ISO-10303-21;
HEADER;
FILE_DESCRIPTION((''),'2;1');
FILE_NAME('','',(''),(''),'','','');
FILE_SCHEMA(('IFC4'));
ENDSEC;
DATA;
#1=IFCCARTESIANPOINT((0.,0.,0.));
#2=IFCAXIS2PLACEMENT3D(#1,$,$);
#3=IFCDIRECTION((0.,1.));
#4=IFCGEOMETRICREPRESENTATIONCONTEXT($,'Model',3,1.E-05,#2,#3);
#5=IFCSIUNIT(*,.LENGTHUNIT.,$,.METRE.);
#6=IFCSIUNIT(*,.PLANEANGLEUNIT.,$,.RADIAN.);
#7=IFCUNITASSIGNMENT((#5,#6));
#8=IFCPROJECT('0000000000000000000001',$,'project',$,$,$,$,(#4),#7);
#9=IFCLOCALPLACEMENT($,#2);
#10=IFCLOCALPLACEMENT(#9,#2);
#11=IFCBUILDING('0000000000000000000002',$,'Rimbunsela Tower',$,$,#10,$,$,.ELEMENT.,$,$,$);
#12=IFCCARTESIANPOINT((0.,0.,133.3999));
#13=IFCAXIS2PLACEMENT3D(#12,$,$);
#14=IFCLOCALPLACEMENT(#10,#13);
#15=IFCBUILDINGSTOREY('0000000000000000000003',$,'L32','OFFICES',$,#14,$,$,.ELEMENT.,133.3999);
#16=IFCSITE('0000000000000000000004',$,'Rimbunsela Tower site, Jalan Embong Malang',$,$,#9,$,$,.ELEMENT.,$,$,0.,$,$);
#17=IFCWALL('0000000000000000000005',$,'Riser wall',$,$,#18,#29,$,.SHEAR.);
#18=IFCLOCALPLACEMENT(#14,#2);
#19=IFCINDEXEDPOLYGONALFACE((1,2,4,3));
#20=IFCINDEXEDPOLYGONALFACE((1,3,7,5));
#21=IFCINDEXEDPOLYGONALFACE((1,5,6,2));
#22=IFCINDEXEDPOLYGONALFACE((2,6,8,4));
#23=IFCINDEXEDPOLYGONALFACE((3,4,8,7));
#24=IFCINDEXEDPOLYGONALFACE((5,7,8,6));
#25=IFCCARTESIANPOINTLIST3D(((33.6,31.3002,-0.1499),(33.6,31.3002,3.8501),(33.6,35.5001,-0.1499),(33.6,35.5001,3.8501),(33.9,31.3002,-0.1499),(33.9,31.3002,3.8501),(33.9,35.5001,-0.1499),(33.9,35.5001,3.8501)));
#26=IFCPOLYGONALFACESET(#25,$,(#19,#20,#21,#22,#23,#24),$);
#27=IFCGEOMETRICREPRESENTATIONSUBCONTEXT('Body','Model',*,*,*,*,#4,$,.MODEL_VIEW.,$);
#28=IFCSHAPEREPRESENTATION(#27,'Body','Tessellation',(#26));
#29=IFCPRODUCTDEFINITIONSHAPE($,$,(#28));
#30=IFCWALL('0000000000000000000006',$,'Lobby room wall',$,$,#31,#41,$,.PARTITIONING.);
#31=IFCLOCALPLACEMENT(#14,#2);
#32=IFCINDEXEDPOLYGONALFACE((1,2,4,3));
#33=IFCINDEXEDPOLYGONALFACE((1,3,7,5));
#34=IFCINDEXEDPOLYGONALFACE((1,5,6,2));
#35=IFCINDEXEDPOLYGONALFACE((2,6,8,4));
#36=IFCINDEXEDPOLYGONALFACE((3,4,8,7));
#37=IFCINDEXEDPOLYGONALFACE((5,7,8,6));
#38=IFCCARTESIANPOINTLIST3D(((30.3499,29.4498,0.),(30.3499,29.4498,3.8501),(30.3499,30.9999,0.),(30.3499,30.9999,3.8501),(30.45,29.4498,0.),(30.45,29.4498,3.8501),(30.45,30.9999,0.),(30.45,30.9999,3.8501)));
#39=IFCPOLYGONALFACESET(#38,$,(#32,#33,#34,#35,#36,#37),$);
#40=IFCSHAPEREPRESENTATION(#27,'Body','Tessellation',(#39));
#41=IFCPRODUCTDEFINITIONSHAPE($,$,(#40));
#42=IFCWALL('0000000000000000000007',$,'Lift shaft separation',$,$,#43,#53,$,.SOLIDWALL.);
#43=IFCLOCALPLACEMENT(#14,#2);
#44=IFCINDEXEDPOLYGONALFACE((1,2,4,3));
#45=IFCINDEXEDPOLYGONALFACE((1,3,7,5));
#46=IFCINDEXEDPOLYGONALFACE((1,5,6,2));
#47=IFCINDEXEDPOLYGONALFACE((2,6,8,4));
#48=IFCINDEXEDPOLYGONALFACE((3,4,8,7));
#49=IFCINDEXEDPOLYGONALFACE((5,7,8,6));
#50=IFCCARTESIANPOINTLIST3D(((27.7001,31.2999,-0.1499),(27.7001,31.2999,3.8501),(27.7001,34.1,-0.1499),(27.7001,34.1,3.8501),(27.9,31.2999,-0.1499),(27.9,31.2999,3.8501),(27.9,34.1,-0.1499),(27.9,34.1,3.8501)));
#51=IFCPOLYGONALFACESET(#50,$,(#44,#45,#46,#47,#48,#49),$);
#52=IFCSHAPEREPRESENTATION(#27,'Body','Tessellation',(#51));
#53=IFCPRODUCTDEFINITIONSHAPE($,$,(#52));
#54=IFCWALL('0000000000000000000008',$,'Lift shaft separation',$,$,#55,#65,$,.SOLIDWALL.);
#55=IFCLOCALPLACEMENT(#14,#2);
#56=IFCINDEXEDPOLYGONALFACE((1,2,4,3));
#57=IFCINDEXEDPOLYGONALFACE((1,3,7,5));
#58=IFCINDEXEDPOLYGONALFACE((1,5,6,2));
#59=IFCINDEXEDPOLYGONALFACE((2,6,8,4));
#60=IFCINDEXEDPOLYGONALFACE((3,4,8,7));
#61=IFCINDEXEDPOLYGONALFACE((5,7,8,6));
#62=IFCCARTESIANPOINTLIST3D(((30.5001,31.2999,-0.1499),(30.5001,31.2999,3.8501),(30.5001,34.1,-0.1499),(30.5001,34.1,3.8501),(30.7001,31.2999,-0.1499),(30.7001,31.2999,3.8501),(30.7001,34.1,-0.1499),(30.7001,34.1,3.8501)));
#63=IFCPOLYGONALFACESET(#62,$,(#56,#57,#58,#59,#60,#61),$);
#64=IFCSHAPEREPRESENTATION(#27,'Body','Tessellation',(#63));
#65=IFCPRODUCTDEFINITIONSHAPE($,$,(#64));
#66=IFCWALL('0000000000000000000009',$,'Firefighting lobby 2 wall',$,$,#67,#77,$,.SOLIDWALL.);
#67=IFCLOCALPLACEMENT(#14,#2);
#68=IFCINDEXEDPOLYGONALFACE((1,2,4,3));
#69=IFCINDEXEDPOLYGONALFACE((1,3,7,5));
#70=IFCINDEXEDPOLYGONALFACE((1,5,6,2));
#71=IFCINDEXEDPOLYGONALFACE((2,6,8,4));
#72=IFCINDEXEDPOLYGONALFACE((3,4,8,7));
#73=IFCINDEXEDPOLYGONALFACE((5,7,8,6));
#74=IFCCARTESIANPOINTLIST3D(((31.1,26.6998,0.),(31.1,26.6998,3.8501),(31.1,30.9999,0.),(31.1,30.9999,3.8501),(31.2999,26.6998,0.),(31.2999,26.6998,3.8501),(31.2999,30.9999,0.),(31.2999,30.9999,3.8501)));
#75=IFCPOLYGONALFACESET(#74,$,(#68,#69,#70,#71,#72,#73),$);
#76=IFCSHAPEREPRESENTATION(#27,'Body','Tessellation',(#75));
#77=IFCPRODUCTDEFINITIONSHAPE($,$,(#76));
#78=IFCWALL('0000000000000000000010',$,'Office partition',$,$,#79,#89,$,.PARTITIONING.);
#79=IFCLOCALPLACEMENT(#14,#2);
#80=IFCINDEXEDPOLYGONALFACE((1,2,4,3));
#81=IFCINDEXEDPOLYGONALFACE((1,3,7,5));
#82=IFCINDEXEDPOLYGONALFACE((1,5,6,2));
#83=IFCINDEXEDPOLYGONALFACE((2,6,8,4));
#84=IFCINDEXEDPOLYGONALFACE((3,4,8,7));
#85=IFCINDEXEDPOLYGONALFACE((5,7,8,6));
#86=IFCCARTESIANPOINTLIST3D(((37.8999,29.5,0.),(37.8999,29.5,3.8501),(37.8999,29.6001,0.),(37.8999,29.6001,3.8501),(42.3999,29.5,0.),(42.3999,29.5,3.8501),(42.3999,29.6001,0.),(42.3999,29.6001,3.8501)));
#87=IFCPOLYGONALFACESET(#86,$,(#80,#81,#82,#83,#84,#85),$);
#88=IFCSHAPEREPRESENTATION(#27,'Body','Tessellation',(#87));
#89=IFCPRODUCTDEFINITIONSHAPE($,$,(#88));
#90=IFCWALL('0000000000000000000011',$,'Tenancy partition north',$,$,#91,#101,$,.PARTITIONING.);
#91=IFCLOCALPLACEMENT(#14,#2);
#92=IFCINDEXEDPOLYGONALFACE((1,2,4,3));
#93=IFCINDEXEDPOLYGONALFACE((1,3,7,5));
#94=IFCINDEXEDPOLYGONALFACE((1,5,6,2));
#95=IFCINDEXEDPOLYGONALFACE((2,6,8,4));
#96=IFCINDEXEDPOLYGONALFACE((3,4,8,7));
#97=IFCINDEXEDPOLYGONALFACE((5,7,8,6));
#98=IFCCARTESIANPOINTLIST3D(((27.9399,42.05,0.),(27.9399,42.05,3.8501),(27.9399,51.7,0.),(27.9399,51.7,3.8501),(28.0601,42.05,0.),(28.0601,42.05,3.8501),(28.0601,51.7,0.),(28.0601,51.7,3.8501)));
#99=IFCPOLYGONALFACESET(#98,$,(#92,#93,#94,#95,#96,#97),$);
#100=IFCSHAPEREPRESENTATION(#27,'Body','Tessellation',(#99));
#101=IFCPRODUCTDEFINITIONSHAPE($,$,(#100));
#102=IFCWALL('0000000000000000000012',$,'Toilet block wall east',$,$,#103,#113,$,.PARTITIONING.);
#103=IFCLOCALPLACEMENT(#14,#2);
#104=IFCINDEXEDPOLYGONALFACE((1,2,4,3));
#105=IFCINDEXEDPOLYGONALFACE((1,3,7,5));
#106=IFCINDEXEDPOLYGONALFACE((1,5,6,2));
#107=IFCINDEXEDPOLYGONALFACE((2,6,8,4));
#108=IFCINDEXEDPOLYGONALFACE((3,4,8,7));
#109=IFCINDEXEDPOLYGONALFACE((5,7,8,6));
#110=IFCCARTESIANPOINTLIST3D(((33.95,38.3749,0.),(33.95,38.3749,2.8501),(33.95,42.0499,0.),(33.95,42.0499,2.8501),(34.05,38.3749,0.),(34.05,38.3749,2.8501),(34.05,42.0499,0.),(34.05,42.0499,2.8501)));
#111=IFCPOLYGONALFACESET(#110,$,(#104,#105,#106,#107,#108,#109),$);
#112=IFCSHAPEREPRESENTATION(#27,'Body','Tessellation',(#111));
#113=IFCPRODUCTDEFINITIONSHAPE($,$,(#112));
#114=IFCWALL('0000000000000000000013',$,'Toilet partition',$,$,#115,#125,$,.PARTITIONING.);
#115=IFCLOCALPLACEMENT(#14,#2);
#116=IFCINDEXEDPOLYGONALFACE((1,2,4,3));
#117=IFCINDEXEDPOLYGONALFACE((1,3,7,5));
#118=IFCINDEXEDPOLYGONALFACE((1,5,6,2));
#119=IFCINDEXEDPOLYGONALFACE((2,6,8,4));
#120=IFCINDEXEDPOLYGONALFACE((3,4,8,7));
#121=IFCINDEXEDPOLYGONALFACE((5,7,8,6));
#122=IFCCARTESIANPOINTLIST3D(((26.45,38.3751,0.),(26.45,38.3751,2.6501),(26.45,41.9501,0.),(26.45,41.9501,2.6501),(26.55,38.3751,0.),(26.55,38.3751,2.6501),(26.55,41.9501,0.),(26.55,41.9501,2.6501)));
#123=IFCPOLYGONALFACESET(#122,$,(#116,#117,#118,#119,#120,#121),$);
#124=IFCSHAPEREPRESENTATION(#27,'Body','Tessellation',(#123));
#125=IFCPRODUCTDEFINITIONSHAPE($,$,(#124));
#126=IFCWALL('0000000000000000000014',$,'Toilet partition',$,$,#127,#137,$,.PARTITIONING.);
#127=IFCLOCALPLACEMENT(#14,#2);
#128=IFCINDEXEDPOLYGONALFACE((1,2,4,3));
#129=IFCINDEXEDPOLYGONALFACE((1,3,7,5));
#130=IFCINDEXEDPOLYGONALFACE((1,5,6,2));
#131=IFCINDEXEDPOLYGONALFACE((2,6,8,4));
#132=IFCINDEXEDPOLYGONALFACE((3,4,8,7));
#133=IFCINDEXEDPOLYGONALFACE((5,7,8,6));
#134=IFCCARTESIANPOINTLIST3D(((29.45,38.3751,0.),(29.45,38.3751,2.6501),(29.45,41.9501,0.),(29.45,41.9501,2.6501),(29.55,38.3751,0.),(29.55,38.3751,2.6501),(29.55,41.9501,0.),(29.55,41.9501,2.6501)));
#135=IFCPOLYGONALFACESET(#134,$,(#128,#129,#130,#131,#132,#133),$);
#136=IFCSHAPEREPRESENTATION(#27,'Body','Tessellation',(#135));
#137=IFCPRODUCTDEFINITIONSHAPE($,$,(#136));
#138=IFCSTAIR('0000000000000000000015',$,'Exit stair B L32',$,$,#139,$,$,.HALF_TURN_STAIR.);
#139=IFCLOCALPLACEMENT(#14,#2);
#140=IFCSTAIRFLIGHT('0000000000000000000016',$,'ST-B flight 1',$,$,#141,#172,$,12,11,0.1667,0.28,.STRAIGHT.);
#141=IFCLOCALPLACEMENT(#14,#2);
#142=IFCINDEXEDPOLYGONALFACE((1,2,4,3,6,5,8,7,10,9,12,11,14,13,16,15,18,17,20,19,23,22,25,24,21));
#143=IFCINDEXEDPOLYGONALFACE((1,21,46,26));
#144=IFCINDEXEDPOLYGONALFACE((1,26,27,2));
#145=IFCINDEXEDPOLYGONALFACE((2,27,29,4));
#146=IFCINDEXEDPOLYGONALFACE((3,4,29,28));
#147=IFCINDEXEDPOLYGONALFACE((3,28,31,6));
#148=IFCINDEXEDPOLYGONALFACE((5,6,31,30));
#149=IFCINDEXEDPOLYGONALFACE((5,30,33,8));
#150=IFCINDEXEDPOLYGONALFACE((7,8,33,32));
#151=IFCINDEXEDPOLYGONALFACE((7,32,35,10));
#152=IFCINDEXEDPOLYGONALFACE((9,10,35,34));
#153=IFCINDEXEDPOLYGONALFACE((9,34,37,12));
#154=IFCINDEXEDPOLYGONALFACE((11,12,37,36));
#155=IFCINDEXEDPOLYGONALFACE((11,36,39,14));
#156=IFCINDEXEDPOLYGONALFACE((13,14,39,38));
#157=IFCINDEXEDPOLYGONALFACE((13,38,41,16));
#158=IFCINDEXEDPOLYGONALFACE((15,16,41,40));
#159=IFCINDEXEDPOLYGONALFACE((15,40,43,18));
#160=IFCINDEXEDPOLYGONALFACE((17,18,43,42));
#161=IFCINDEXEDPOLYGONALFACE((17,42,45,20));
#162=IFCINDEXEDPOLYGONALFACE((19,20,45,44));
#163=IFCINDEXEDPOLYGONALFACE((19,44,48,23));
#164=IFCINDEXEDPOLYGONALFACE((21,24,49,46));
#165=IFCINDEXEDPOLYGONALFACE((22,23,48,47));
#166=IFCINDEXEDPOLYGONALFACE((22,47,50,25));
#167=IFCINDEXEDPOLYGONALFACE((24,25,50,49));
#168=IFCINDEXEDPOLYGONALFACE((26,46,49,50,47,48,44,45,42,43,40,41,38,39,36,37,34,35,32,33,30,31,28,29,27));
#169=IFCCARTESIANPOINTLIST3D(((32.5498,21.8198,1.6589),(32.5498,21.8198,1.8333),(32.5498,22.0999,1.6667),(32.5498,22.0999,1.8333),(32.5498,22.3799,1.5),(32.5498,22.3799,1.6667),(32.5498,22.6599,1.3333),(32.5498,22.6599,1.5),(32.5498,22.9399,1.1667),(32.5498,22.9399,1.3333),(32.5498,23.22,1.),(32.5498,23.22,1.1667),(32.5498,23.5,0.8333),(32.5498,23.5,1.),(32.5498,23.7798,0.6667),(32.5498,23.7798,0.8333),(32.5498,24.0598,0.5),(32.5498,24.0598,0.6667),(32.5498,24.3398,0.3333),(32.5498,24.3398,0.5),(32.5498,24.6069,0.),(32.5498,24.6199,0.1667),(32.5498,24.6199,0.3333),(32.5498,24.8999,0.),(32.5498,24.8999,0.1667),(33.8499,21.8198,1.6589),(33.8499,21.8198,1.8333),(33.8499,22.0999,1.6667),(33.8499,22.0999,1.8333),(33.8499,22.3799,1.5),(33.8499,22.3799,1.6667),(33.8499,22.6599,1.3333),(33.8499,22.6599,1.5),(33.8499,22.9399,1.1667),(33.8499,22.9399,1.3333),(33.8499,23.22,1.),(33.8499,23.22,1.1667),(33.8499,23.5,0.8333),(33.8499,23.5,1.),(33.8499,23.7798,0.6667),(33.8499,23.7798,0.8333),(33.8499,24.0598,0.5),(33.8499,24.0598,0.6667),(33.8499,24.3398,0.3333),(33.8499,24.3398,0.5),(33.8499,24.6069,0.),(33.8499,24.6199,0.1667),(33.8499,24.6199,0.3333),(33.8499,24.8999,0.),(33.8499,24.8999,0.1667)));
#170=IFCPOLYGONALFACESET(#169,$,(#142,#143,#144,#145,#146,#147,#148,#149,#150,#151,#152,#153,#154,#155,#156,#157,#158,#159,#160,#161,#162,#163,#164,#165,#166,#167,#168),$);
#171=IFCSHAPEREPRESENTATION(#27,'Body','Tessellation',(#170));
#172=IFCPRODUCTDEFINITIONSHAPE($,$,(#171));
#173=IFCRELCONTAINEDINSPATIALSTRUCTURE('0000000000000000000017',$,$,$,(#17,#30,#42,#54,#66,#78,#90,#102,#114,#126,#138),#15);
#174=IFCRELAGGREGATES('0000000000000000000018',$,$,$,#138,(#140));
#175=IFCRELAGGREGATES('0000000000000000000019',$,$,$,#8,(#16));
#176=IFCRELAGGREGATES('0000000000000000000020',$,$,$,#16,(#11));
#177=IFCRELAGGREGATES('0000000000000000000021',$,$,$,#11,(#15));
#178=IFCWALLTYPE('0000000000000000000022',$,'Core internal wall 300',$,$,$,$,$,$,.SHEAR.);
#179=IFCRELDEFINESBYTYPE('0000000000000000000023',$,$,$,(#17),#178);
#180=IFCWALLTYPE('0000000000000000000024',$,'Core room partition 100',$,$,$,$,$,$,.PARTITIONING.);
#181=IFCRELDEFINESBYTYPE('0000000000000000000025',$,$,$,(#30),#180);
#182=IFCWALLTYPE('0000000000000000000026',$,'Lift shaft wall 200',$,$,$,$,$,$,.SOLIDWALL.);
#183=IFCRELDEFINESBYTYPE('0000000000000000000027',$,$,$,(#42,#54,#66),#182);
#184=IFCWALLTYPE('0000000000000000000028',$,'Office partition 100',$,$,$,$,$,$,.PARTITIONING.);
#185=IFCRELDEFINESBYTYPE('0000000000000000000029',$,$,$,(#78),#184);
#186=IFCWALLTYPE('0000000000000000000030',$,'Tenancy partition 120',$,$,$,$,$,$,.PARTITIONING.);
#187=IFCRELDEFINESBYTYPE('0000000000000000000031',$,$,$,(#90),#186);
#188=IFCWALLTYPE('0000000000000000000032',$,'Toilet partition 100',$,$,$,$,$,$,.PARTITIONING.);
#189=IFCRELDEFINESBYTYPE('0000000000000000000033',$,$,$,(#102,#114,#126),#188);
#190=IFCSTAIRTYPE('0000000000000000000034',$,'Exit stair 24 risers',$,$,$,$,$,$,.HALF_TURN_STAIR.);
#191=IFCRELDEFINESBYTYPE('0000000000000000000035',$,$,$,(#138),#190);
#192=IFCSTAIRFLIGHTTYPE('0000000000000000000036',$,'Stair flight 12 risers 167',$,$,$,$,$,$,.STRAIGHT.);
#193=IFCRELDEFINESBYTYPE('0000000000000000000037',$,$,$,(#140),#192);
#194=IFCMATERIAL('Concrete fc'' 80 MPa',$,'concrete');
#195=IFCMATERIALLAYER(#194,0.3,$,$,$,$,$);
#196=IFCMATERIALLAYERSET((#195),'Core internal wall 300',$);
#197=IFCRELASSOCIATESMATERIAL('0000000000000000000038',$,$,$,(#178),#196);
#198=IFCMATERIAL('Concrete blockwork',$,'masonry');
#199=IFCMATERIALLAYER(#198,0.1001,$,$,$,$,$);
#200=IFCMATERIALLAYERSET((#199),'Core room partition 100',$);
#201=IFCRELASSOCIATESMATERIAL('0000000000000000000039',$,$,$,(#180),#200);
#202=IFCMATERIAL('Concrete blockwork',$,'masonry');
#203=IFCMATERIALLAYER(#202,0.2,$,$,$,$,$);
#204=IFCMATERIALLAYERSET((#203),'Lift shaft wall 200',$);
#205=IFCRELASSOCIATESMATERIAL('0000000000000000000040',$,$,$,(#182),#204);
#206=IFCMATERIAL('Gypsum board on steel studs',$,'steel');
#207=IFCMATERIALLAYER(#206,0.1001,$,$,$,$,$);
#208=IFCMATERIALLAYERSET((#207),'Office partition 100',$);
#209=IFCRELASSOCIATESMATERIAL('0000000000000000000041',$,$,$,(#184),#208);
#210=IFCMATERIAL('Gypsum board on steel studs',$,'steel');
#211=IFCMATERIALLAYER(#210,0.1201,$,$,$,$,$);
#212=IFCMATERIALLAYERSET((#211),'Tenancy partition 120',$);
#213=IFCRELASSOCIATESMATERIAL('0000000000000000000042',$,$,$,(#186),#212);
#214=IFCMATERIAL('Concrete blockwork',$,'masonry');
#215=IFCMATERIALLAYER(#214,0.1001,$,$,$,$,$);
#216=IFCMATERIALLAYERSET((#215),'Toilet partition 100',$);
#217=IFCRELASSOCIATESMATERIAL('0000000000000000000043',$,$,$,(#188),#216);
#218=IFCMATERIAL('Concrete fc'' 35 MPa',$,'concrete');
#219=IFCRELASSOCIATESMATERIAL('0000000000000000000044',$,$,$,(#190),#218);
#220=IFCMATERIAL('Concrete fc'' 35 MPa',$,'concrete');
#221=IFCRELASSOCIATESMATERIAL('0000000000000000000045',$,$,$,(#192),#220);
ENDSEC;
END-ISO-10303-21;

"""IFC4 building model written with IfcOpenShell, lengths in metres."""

from ifc_helpers import new_model, si_unit, direction, frame, frame_2d, origin, place, context, subcontext, project, spatial, polyline, rectangle, outline, extrude, material, layer, layer_set, type_object, element, aggregate, save


model = new_model("IFC4")

# Units and contexts
model_context = context("Model", 3, precision=1e-05, world=origin(), true_north=direction((0.0, 1.0)))
body_context = subcontext(model_context, "Body", "Model", "MODEL_VIEW")
ifc_project = project(units=[si_unit("LENGTHUNIT", "METRE"), si_unit("PLANEANGLEUNIT", "RADIAN")], contexts=[model_context])

# Site, building, storey
site_placement = place(None, origin())
site = spatial("IfcSite", under=ifc_project, at=site_placement, Name="Rimbunsela Tower site, Jalan Embong Malang", CompositionType="ELEMENT", RefElevation=0.0)
building_placement = place(site_placement, origin())
building = spatial("IfcBuilding", under=site, at=building_placement, Name="Rimbunsela Tower", CompositionType="ELEMENT")
storey_placement = place(building_placement, frame((0.0, 0.0, 133.3999)))
storey = spatial("IfcBuildingStorey", under=building, at=storey_placement, Name="L32", Description="OFFICES", CompositionType="ELEMENT", Elevation=133.3999)

# Walls
ifc_material_1 = material(Name="Concrete fc' 80 MPa", Category="concrete")
ifc_layer_1 = layer(ifc_material_1, 0.3)
ifc_layer_set_1 = layer_set([ifc_layer_1], Name="Core internal wall 300")
wall_type_1 = type_object("IfcWallType", Name="Core internal wall 300", PredefinedType="SHEAR", material=ifc_layer_set_1)
wall_1_placement = place(storey_placement, frame((33.75, 31.3, -0.1499), z_axis=(0.0, 0.0, 1.0), x_axis=(0.0, 1.0, 0.0)))
element("IfcWall", 1, at=wall_1_placement, inside=storey, type_object=wall_type_1, Name="Riser wall", PredefinedType="SHEAR", context=body_context, shape_type="SweptSolid", body=[
    extrude(rectangle(XDim=4.2, YDim=0.3, at=frame_2d((2.1001, 0.0))), origin(), (0.0, 0.0, 1.0), 4.0),
])
ifc_material_2 = material(Name="Concrete blockwork", Category="masonry")
ifc_layer_2 = layer(ifc_material_2, 0.1001)
ifc_layer_set_2 = layer_set([ifc_layer_2], Name="Core room partition 100")
wall_type_2 = type_object("IfcWallType", Name="Core room partition 100", PredefinedType="PARTITIONING", material=ifc_layer_set_2)
wall_2_placement = place(storey_placement, frame((30.3999, 29.45, 0.0), z_axis=(0.0, 0.0, 1.0), x_axis=(0.0, 1.0, 0.0)))
element("IfcWall", 2, at=wall_2_placement, inside=storey, type_object=wall_type_2, Name="Lobby room wall", PredefinedType="PARTITIONING", context=body_context, shape_type="SweptSolid", body=[
    extrude(rectangle(XDim=1.55, YDim=0.1001, at=frame_2d((0.7749, 0.0))), origin(), (0.0, 0.0, 1.0), 3.8501),
])
ifc_material_3 = material(Name="Concrete blockwork", Category="masonry")
ifc_layer_3 = layer(ifc_material_3, 0.2)
ifc_layer_set_3 = layer_set([ifc_layer_3], Name="Lift shaft wall 200")
wall_type_3 = type_object("IfcWallType", Name="Lift shaft wall 200", PredefinedType="SOLIDWALL", material=ifc_layer_set_3)
for number, where, z_axis, x_axis, name in (
    (3, (27.8, 31.3, -0.1499), (0.0, 0.0, 1.0), (0.0, 1.0, 0.0), "Lift shaft separation"),
    (4, (30.6001, 31.3, -0.1499), (0.0, 0.0, 1.0), (0.0, 1.0, 0.0), "Lift shaft separation"),
):
    element("IfcWall", number, at=place(storey_placement, frame(where, z_axis=z_axis, x_axis=x_axis)), inside=storey, type_object=wall_type_3, Name=name, PredefinedType="SOLIDWALL", context=body_context, shape_type="SweptSolid", body=[
        extrude(rectangle(XDim=2.8, YDim=0.2, at=frame_2d((1.3999, 0.0))), origin(), (0.0, 0.0, 1.0), 4.0),
    ])
wall_3_placement = place(storey_placement, frame((31.2, 26.7, 0.0), z_axis=(0.0, 0.0, 1.0), x_axis=(0.0, 1.0, 0.0)))
element("IfcWall", 5, at=wall_3_placement, inside=storey, type_object=wall_type_3, Name="Firefighting lobby 2 wall", PredefinedType="SOLIDWALL", context=body_context, shape_type="SweptSolid", body=[
    extrude(rectangle(XDim=4.3, YDim=0.2, at=frame_2d((2.1499, 0.0))), origin(), (0.0, 0.0, 1.0), 3.8501),
])
ifc_material_4 = material(Name="Gypsum board on steel studs", Category="steel")
ifc_layer_4 = layer(ifc_material_4, 0.1001)
ifc_layer_set_4 = layer_set([ifc_layer_4], Name="Office partition 100")
wall_type_4 = type_object("IfcWallType", Name="Office partition 100", PredefinedType="PARTITIONING", material=ifc_layer_set_4)
wall_4_placement = place(storey_placement, frame((42.3999, 29.55, 0.0), z_axis=(0.0, 0.0, 1.0), x_axis=(-1.0, 0.0, 0.0)))
element("IfcWall", 6, at=wall_4_placement, inside=storey, type_object=wall_type_4, Name="Office partition", PredefinedType="PARTITIONING", context=body_context, shape_type="SweptSolid", body=[
    extrude(rectangle(XDim=4.5, YDim=0.1001, at=frame_2d((2.25, 0.0))), origin(), (0.0, 0.0, 1.0), 3.8501),
])
ifc_material_5 = material(Name="Gypsum board on steel studs", Category="steel")
ifc_layer_5 = layer(ifc_material_5, 0.1201)
ifc_layer_set_5 = layer_set([ifc_layer_5], Name="Tenancy partition 120")
wall_type_5 = type_object("IfcWallType", Name="Tenancy partition 120", PredefinedType="PARTITIONING", material=ifc_layer_set_5)
wall_5_placement = place(storey_placement, frame((28.0, 42.05, 0.0), z_axis=(0.0, 0.0, 1.0), x_axis=(0.0, 1.0, 0.0)))
element("IfcWall", 7, at=wall_5_placement, inside=storey, type_object=wall_type_5, Name="Tenancy partition north", PredefinedType="PARTITIONING", context=body_context, shape_type="SweptSolid", body=[
    extrude(rectangle(XDim=9.6499, YDim=0.1201, at=frame_2d((4.825, 0.0))), origin(), (0.0, 0.0, 1.0), 3.8501),
])
ifc_material_6 = material(Name="Concrete blockwork", Category="masonry")
ifc_layer_6 = layer(ifc_material_6, 0.1001)
ifc_layer_set_6 = layer_set([ifc_layer_6], Name="Toilet partition 100")
wall_type_6 = type_object("IfcWallType", Name="Toilet partition 100", PredefinedType="PARTITIONING", material=ifc_layer_set_6)
wall_6_placement = place(storey_placement, frame((34.0, 38.375, 0.0), z_axis=(0.0, 0.0, 1.0), x_axis=(0.0, 1.0, 0.0)))
element("IfcWall", 8, at=wall_6_placement, inside=storey, type_object=wall_type_6, Name="Toilet block wall east", PredefinedType="PARTITIONING", context=body_context, shape_type="SweptSolid", body=[
    extrude(rectangle(XDim=3.675, YDim=0.1001, at=frame_2d((1.8374, 0.0))), origin(), (0.0, 0.0, 1.0), 2.8501),
])
for number, where, z_axis, x_axis, name in (
    (9, (26.5, 38.375, 0.0), (0.0, 0.0, 1.0), (0.0, 1.0, 0.0), "Toilet partition"),
    (10, (29.5, 38.375, 0.0), (0.0, 0.0, 1.0), (0.0, 1.0, 0.0), "Toilet partition"),
):
    element("IfcWall", number, at=place(storey_placement, frame(where, z_axis=z_axis, x_axis=x_axis)), inside=storey, type_object=wall_type_6, Name=name, PredefinedType="PARTITIONING", context=body_context, shape_type="SweptSolid", body=[
        extrude(rectangle(XDim=3.575, YDim=0.1001, at=frame_2d((1.7876, 0.0))), origin(), (0.0, 0.0, 1.0), 2.6501),
    ])

# Stair, stair flight
ifc_material_7 = material(Name="Concrete fc' 35 MPa", Category="concrete")
stair_type = type_object("IfcStairType", Name="Exit stair 24 risers", PredefinedType="HALF_TURN_STAIR", material=ifc_material_7)
stair_placement = place(storey_placement, origin())
stair = element("IfcStair", 11, at=stair_placement, inside=storey, type_object=stair_type, Name="Exit stair B L32", PredefinedType="HALF_TURN_STAIR")
ifc_material_8 = material(Name="Concrete fc' 35 MPa", Category="concrete")
stair_flight_type = type_object("IfcStairFlightType", Name="Stair flight 12 risers 167", PredefinedType="STRAIGHT", material=ifc_material_8)
stair_flight_placement = place(storey_placement, frame((33.2, 24.8999, 0.0), z_axis=(0.0, 0.0, 1.0), x_axis=(0.0, -1.0, 0.0)))
stair_flight = element("IfcStairFlight", 12, at=stair_flight_placement, type_object=stair_flight_type, Name="ST-B flight 1", NumberOfRisers=12, NumberOfTreads=11, PredefinedType="STRAIGHT", RiserHeight=0.1667, TreadLength=0.28, context=body_context, shape_type="SweptSolid", body=[
    extrude(outline(polyline([(0.0, 0.0), (0.0, 0.1667), (0.28, 0.1667), (0.28, 0.3333), (0.5601, 0.3333), (0.5601, 0.5), (0.8401, 0.5), (0.8401, 0.6667), (1.1201, 0.6667), (1.1201, 0.8333), (1.3999, 0.8333), (1.3999, 1.0), (1.6799, 1.0), (1.6799, 1.1667), (1.96, 1.1667), (1.96, 1.3333), (2.24, 1.3333), (2.24, 1.5), (2.52, 1.5), (2.52, 1.6667), (2.8, 1.6667), (2.8, 1.8333), (3.0801, 1.8333), (3.0801, 2.0), (3.0801, 1.6589), (0.293, 0.0), (0.0, 0.0)])), frame((0.0, 0.6499, 0.0), z_axis=(0.0, -1.0, 0.0), x_axis=(1.0, 0.0, 0.0)), (0.0, 0.0, 1.0), 1.3),
])
aggregate(stair, [stair_flight])

save(model, "model.ifc")
